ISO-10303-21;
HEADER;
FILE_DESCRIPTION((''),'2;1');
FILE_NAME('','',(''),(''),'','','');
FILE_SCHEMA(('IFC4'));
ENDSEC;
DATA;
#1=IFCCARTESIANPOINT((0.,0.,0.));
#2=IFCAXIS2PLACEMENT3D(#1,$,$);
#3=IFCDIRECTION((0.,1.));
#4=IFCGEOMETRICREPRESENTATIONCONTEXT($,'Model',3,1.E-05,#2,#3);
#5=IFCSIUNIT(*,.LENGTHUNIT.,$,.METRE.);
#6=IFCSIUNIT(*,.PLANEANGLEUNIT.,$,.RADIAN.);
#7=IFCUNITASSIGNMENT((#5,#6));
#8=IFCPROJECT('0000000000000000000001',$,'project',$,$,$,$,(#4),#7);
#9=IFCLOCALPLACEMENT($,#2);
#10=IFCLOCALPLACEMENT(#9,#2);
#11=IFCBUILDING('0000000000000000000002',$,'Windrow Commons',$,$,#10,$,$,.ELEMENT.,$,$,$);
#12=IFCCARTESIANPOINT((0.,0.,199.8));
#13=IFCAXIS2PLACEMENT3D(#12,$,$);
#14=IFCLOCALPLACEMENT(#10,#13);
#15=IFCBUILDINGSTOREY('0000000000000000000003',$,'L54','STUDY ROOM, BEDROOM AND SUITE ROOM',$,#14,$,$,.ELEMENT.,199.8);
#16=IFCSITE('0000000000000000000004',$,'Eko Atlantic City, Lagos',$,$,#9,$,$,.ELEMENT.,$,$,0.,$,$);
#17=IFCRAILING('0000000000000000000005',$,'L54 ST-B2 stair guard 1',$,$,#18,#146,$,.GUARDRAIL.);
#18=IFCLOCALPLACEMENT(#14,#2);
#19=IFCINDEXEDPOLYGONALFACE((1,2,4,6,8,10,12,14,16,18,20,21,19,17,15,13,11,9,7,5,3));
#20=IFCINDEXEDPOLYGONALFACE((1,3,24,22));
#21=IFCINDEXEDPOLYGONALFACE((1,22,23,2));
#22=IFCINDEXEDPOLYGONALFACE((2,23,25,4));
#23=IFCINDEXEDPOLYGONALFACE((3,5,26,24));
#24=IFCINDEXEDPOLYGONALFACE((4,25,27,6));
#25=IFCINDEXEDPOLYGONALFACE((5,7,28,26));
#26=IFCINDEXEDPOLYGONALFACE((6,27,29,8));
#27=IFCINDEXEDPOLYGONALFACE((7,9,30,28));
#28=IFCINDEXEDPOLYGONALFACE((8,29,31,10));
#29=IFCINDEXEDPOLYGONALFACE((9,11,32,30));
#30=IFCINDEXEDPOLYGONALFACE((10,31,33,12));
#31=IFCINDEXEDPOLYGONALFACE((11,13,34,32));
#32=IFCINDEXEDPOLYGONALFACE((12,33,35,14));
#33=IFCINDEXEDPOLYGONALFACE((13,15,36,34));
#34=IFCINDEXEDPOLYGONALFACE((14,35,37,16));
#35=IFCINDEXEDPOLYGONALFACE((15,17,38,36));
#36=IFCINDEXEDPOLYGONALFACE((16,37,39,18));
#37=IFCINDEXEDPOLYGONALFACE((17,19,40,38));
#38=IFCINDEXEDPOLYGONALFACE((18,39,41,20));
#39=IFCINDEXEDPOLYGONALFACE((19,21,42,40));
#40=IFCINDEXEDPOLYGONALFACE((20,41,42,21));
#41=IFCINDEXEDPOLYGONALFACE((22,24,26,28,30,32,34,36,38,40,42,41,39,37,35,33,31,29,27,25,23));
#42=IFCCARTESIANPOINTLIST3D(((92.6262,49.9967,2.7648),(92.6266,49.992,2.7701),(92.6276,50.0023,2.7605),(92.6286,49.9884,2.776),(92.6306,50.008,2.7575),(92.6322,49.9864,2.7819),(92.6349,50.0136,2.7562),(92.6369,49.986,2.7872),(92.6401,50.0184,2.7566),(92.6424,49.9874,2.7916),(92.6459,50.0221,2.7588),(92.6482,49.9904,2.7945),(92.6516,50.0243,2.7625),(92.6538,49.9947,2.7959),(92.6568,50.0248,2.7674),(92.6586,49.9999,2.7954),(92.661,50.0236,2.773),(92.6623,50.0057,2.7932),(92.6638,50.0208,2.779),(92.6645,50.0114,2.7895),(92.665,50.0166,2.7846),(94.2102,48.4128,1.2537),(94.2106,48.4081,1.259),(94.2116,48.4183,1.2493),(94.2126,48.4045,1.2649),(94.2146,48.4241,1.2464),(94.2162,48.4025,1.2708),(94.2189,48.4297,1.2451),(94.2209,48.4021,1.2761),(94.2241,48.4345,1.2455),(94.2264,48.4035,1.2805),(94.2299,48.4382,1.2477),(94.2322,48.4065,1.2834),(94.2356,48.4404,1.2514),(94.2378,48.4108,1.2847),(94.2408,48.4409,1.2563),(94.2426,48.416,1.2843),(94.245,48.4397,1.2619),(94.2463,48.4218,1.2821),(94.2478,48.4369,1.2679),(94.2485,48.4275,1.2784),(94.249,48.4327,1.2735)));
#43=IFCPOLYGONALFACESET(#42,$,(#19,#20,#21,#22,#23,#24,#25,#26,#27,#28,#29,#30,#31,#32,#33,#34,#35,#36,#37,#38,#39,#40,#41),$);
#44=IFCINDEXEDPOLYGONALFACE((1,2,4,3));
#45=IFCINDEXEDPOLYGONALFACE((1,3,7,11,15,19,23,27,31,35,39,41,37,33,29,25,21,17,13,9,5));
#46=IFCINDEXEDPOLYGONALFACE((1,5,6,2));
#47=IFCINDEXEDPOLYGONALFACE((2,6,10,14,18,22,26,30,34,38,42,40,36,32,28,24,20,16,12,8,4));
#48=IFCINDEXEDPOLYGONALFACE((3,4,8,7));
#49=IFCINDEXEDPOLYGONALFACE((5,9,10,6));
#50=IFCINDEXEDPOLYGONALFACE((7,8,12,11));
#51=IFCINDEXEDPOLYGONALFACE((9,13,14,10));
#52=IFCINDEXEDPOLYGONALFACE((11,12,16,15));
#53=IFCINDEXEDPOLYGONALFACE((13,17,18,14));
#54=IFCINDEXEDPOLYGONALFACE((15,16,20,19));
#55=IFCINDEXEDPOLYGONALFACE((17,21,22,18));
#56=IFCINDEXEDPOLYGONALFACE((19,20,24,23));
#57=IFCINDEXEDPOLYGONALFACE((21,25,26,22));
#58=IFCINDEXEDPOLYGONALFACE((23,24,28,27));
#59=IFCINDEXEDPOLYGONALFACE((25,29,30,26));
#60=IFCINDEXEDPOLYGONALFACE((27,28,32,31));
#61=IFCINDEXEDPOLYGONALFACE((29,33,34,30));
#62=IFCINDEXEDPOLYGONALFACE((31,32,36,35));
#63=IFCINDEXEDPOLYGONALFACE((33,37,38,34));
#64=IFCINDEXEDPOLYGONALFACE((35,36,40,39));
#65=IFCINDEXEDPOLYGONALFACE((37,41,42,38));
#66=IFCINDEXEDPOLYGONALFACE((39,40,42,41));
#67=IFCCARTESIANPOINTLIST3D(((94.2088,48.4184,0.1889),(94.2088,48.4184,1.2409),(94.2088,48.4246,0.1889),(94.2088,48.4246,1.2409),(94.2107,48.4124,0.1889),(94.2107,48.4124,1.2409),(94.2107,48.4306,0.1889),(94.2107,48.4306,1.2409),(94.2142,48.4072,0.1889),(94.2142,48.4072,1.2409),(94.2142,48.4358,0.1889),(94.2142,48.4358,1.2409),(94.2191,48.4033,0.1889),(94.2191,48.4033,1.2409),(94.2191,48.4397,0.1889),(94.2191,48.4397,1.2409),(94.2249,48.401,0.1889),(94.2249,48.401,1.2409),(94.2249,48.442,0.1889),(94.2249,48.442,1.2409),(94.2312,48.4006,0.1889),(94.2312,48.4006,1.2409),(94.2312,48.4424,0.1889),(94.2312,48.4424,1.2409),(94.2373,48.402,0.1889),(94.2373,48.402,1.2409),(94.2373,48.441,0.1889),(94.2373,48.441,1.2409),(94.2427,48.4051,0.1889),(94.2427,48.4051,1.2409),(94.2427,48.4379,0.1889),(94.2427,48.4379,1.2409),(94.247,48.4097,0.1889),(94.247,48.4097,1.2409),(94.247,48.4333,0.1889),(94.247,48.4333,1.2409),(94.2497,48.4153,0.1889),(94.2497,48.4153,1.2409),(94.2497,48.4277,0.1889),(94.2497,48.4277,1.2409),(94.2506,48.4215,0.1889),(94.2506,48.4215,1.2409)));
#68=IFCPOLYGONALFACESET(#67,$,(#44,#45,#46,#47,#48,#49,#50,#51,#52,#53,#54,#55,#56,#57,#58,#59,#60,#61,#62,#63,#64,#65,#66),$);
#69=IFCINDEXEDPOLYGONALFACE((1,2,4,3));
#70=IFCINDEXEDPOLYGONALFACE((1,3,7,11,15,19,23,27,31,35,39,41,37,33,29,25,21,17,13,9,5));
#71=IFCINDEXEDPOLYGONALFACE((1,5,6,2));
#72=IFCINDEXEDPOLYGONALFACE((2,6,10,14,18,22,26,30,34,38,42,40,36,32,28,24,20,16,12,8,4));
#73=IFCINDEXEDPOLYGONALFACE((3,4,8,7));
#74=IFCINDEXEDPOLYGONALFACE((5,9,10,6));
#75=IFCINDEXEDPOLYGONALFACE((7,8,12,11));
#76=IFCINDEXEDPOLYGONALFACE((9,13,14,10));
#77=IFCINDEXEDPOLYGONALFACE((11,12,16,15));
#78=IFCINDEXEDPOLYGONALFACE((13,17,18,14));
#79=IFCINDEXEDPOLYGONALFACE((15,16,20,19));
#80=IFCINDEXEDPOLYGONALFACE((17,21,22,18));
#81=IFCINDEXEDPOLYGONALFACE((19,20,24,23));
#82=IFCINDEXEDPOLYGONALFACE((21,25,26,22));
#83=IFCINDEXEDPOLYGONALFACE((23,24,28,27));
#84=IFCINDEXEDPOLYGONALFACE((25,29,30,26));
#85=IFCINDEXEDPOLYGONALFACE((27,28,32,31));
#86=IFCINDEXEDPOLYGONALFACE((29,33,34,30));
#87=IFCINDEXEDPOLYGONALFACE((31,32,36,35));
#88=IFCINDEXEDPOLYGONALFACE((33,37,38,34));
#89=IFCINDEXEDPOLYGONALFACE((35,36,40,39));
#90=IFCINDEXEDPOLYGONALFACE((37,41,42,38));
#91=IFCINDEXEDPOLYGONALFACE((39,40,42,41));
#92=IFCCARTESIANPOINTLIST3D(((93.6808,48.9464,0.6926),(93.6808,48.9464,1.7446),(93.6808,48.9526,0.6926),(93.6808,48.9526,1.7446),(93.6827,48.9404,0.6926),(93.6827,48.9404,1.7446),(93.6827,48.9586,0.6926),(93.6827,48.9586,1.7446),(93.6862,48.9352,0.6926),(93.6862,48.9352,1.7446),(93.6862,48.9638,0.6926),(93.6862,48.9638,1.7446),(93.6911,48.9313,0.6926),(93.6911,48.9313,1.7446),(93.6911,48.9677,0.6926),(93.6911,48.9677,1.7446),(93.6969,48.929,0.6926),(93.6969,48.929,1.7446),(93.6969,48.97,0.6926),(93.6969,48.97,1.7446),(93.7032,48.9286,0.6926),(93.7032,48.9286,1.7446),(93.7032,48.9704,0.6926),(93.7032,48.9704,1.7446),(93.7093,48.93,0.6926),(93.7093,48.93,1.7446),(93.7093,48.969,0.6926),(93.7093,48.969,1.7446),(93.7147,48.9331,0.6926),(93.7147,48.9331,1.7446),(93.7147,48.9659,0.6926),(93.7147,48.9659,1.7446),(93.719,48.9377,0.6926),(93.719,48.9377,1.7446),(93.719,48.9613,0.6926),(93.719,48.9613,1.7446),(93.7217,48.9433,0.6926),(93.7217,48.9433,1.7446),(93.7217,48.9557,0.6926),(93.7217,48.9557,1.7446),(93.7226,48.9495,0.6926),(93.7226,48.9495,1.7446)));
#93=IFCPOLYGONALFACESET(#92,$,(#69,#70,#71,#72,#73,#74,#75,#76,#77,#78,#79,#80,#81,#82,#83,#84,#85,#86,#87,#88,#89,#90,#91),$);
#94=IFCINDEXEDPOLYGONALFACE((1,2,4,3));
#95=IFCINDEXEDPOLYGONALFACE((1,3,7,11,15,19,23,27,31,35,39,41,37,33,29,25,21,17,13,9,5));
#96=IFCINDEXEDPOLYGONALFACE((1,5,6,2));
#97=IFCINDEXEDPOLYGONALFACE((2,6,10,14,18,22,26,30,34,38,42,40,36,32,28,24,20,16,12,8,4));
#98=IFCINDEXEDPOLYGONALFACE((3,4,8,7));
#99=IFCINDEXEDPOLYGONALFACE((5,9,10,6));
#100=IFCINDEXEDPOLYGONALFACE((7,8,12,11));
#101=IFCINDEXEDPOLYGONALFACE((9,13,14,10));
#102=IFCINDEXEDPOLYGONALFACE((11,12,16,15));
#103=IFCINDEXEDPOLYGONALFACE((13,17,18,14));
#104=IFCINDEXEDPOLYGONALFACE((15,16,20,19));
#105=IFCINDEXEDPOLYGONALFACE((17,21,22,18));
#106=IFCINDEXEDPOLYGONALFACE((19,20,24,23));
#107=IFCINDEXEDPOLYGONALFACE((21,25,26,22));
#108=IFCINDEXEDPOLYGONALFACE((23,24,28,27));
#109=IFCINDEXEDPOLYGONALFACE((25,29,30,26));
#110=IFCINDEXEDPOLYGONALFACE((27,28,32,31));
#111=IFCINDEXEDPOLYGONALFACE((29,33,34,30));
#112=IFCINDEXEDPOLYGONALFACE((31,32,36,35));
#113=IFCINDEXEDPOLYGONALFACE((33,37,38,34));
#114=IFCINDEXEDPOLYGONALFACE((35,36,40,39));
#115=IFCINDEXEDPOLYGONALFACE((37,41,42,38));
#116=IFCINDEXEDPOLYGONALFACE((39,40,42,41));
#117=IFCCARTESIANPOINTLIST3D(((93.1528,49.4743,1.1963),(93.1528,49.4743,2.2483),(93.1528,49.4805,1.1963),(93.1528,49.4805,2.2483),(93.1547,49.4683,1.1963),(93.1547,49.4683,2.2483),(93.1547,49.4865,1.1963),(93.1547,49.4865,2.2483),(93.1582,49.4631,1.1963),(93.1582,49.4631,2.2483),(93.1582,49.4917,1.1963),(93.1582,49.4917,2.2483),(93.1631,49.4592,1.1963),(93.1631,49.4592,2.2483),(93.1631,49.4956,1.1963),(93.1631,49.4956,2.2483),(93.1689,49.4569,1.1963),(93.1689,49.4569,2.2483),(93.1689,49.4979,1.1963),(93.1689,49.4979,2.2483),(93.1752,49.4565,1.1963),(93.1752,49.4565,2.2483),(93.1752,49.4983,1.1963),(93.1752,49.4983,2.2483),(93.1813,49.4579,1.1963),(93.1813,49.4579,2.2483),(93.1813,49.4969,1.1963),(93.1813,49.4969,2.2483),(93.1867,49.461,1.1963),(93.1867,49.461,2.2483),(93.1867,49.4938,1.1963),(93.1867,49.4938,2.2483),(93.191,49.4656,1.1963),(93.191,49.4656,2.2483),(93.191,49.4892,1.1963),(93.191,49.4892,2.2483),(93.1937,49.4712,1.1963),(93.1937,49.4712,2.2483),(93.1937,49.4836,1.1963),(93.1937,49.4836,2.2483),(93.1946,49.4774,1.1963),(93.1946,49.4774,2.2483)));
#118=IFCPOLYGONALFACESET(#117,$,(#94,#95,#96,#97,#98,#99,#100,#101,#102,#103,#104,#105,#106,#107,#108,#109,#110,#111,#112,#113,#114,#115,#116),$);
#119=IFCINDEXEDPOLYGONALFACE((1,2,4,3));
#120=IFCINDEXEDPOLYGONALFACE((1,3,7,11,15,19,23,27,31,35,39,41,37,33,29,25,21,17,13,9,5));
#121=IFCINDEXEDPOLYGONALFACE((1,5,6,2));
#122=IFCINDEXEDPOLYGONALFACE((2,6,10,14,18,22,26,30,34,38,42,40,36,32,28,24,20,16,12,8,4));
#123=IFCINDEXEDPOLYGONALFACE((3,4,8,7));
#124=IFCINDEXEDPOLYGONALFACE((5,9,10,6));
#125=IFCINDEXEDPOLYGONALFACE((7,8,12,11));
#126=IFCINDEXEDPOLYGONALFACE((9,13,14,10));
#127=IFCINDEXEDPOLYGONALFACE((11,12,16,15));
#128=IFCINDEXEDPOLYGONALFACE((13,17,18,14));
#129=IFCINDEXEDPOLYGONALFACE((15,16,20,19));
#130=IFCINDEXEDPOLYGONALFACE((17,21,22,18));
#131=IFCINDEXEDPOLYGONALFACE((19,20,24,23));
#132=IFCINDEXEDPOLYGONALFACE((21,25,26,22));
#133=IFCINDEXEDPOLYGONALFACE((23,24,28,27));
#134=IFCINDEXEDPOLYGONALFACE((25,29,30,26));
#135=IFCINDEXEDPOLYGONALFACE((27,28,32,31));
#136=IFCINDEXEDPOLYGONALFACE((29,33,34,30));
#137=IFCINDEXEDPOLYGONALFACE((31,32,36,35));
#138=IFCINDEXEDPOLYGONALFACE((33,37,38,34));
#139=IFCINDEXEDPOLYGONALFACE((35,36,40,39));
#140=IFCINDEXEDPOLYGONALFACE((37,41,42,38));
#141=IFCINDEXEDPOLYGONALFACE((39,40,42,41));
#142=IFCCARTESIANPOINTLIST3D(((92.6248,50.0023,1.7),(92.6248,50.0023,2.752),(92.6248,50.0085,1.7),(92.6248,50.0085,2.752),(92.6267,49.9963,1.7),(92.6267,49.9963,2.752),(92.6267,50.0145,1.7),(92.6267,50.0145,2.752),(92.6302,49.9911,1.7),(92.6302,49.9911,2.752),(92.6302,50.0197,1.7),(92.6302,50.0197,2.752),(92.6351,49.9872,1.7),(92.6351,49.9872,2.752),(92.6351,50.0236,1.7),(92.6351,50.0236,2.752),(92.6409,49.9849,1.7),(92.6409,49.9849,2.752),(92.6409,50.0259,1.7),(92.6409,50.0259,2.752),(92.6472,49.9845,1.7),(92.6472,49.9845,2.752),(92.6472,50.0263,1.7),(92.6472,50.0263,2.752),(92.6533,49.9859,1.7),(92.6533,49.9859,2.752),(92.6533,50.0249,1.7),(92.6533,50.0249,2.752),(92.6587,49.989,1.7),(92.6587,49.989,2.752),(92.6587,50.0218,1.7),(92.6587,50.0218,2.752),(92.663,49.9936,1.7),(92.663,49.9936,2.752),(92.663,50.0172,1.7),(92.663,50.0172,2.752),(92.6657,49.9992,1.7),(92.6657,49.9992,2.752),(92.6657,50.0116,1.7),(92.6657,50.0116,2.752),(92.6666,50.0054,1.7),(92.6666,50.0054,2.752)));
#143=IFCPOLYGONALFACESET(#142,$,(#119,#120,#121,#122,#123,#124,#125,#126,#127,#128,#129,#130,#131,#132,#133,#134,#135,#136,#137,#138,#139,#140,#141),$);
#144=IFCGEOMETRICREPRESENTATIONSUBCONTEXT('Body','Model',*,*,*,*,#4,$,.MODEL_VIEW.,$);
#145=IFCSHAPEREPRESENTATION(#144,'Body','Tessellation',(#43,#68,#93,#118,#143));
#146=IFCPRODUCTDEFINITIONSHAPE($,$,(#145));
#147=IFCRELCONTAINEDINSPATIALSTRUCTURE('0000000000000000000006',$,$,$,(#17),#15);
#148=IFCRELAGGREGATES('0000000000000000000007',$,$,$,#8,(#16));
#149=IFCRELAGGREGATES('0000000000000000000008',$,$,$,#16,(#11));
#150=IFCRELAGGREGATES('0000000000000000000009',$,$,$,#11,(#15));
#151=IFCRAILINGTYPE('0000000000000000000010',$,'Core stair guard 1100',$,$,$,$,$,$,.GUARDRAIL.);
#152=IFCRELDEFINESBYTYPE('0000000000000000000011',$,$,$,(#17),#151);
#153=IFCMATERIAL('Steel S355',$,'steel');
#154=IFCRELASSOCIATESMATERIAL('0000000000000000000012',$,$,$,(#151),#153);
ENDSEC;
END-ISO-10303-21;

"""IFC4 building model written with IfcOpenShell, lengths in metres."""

from ifc_helpers import new_model, si_unit, direction, frame, origin, origin_2d, place, context, subcontext, project, spatial, circle, extrude, material, type_object, element, save


model = new_model("IFC4")

# Units and contexts
model_context = context("Model", 3, precision=1e-05, world=origin(), true_north=direction((0.0, 1.0)))
body_context = subcontext(model_context, "Body", "Model", "MODEL_VIEW")
ifc_project = project(units=[si_unit("LENGTHUNIT", "METRE"), si_unit("PLANEANGLEUNIT", "RADIAN")], contexts=[model_context])

# Site, building, storey
site_placement = place(None, origin())
site = spatial("IfcSite", under=ifc_project, at=site_placement, Name="Eko Atlantic City, Lagos", CompositionType="ELEMENT", RefElevation=0.0)
building_placement = place(site_placement, origin())
building = spatial("IfcBuilding", under=site, at=building_placement, Name="Windrow Commons", CompositionType="ELEMENT")
storey_placement = place(building_placement, frame((0.0, 0.0, 199.8)))
storey = spatial("IfcBuildingStorey", under=building, at=storey_placement, Name="L54", Description="STUDY ROOM, BEDROOM AND SUITE ROOM", CompositionType="ELEMENT", Elevation=199.8)

# Railing
ifc_material_1 = material(Name="Steel S355", Category="steel")
railing_type_1 = type_object("IfcRailingType", Name="Core stair guard 1100", PredefinedType="GUARDRAIL", material=ifc_material_1)
railing_1_placement = place(storey_placement, frame((94.2296, 48.4215, 0.1889)))
element("IfcRailing", 1, at=railing_1_placement, inside=storey, type_object=railing_type_1, Name="L54 ST-B2 stair guard 1", PredefinedType="GUARDRAIL", context=body_context, shape_type="SweptSolid", body=[
    extrude(circle(Radius=0.024, at=origin_2d()), frame((0.0, 0.0, 1.076), z_axis=(-0.586216, 0.586179, 0.559237), x_axis=(-0.707084, -0.707129, 0.0)), (0.0, 0.0, 1.0), 2.7021),
    extrude(circle(Radius=0.021, at=origin_2d()), origin(), (0.0, 0.0, 1.0), 1.052),
    extrude(circle(Radius=0.021, at=origin_2d()), frame((-0.528, 0.528, 0.5037)), (0.0, 0.0, 1.0), 1.052),
    extrude(circle(Radius=0.021, at=origin_2d()), frame((-1.056, 1.0559, 1.0074)), (0.0, 0.0, 1.0), 1.052),
    extrude(circle(Radius=0.021, at=origin_2d()), frame((-1.584, 1.5839, 1.5111)), (0.0, 0.0, 1.0), 1.052),
])

save(model, "model.ifc")
